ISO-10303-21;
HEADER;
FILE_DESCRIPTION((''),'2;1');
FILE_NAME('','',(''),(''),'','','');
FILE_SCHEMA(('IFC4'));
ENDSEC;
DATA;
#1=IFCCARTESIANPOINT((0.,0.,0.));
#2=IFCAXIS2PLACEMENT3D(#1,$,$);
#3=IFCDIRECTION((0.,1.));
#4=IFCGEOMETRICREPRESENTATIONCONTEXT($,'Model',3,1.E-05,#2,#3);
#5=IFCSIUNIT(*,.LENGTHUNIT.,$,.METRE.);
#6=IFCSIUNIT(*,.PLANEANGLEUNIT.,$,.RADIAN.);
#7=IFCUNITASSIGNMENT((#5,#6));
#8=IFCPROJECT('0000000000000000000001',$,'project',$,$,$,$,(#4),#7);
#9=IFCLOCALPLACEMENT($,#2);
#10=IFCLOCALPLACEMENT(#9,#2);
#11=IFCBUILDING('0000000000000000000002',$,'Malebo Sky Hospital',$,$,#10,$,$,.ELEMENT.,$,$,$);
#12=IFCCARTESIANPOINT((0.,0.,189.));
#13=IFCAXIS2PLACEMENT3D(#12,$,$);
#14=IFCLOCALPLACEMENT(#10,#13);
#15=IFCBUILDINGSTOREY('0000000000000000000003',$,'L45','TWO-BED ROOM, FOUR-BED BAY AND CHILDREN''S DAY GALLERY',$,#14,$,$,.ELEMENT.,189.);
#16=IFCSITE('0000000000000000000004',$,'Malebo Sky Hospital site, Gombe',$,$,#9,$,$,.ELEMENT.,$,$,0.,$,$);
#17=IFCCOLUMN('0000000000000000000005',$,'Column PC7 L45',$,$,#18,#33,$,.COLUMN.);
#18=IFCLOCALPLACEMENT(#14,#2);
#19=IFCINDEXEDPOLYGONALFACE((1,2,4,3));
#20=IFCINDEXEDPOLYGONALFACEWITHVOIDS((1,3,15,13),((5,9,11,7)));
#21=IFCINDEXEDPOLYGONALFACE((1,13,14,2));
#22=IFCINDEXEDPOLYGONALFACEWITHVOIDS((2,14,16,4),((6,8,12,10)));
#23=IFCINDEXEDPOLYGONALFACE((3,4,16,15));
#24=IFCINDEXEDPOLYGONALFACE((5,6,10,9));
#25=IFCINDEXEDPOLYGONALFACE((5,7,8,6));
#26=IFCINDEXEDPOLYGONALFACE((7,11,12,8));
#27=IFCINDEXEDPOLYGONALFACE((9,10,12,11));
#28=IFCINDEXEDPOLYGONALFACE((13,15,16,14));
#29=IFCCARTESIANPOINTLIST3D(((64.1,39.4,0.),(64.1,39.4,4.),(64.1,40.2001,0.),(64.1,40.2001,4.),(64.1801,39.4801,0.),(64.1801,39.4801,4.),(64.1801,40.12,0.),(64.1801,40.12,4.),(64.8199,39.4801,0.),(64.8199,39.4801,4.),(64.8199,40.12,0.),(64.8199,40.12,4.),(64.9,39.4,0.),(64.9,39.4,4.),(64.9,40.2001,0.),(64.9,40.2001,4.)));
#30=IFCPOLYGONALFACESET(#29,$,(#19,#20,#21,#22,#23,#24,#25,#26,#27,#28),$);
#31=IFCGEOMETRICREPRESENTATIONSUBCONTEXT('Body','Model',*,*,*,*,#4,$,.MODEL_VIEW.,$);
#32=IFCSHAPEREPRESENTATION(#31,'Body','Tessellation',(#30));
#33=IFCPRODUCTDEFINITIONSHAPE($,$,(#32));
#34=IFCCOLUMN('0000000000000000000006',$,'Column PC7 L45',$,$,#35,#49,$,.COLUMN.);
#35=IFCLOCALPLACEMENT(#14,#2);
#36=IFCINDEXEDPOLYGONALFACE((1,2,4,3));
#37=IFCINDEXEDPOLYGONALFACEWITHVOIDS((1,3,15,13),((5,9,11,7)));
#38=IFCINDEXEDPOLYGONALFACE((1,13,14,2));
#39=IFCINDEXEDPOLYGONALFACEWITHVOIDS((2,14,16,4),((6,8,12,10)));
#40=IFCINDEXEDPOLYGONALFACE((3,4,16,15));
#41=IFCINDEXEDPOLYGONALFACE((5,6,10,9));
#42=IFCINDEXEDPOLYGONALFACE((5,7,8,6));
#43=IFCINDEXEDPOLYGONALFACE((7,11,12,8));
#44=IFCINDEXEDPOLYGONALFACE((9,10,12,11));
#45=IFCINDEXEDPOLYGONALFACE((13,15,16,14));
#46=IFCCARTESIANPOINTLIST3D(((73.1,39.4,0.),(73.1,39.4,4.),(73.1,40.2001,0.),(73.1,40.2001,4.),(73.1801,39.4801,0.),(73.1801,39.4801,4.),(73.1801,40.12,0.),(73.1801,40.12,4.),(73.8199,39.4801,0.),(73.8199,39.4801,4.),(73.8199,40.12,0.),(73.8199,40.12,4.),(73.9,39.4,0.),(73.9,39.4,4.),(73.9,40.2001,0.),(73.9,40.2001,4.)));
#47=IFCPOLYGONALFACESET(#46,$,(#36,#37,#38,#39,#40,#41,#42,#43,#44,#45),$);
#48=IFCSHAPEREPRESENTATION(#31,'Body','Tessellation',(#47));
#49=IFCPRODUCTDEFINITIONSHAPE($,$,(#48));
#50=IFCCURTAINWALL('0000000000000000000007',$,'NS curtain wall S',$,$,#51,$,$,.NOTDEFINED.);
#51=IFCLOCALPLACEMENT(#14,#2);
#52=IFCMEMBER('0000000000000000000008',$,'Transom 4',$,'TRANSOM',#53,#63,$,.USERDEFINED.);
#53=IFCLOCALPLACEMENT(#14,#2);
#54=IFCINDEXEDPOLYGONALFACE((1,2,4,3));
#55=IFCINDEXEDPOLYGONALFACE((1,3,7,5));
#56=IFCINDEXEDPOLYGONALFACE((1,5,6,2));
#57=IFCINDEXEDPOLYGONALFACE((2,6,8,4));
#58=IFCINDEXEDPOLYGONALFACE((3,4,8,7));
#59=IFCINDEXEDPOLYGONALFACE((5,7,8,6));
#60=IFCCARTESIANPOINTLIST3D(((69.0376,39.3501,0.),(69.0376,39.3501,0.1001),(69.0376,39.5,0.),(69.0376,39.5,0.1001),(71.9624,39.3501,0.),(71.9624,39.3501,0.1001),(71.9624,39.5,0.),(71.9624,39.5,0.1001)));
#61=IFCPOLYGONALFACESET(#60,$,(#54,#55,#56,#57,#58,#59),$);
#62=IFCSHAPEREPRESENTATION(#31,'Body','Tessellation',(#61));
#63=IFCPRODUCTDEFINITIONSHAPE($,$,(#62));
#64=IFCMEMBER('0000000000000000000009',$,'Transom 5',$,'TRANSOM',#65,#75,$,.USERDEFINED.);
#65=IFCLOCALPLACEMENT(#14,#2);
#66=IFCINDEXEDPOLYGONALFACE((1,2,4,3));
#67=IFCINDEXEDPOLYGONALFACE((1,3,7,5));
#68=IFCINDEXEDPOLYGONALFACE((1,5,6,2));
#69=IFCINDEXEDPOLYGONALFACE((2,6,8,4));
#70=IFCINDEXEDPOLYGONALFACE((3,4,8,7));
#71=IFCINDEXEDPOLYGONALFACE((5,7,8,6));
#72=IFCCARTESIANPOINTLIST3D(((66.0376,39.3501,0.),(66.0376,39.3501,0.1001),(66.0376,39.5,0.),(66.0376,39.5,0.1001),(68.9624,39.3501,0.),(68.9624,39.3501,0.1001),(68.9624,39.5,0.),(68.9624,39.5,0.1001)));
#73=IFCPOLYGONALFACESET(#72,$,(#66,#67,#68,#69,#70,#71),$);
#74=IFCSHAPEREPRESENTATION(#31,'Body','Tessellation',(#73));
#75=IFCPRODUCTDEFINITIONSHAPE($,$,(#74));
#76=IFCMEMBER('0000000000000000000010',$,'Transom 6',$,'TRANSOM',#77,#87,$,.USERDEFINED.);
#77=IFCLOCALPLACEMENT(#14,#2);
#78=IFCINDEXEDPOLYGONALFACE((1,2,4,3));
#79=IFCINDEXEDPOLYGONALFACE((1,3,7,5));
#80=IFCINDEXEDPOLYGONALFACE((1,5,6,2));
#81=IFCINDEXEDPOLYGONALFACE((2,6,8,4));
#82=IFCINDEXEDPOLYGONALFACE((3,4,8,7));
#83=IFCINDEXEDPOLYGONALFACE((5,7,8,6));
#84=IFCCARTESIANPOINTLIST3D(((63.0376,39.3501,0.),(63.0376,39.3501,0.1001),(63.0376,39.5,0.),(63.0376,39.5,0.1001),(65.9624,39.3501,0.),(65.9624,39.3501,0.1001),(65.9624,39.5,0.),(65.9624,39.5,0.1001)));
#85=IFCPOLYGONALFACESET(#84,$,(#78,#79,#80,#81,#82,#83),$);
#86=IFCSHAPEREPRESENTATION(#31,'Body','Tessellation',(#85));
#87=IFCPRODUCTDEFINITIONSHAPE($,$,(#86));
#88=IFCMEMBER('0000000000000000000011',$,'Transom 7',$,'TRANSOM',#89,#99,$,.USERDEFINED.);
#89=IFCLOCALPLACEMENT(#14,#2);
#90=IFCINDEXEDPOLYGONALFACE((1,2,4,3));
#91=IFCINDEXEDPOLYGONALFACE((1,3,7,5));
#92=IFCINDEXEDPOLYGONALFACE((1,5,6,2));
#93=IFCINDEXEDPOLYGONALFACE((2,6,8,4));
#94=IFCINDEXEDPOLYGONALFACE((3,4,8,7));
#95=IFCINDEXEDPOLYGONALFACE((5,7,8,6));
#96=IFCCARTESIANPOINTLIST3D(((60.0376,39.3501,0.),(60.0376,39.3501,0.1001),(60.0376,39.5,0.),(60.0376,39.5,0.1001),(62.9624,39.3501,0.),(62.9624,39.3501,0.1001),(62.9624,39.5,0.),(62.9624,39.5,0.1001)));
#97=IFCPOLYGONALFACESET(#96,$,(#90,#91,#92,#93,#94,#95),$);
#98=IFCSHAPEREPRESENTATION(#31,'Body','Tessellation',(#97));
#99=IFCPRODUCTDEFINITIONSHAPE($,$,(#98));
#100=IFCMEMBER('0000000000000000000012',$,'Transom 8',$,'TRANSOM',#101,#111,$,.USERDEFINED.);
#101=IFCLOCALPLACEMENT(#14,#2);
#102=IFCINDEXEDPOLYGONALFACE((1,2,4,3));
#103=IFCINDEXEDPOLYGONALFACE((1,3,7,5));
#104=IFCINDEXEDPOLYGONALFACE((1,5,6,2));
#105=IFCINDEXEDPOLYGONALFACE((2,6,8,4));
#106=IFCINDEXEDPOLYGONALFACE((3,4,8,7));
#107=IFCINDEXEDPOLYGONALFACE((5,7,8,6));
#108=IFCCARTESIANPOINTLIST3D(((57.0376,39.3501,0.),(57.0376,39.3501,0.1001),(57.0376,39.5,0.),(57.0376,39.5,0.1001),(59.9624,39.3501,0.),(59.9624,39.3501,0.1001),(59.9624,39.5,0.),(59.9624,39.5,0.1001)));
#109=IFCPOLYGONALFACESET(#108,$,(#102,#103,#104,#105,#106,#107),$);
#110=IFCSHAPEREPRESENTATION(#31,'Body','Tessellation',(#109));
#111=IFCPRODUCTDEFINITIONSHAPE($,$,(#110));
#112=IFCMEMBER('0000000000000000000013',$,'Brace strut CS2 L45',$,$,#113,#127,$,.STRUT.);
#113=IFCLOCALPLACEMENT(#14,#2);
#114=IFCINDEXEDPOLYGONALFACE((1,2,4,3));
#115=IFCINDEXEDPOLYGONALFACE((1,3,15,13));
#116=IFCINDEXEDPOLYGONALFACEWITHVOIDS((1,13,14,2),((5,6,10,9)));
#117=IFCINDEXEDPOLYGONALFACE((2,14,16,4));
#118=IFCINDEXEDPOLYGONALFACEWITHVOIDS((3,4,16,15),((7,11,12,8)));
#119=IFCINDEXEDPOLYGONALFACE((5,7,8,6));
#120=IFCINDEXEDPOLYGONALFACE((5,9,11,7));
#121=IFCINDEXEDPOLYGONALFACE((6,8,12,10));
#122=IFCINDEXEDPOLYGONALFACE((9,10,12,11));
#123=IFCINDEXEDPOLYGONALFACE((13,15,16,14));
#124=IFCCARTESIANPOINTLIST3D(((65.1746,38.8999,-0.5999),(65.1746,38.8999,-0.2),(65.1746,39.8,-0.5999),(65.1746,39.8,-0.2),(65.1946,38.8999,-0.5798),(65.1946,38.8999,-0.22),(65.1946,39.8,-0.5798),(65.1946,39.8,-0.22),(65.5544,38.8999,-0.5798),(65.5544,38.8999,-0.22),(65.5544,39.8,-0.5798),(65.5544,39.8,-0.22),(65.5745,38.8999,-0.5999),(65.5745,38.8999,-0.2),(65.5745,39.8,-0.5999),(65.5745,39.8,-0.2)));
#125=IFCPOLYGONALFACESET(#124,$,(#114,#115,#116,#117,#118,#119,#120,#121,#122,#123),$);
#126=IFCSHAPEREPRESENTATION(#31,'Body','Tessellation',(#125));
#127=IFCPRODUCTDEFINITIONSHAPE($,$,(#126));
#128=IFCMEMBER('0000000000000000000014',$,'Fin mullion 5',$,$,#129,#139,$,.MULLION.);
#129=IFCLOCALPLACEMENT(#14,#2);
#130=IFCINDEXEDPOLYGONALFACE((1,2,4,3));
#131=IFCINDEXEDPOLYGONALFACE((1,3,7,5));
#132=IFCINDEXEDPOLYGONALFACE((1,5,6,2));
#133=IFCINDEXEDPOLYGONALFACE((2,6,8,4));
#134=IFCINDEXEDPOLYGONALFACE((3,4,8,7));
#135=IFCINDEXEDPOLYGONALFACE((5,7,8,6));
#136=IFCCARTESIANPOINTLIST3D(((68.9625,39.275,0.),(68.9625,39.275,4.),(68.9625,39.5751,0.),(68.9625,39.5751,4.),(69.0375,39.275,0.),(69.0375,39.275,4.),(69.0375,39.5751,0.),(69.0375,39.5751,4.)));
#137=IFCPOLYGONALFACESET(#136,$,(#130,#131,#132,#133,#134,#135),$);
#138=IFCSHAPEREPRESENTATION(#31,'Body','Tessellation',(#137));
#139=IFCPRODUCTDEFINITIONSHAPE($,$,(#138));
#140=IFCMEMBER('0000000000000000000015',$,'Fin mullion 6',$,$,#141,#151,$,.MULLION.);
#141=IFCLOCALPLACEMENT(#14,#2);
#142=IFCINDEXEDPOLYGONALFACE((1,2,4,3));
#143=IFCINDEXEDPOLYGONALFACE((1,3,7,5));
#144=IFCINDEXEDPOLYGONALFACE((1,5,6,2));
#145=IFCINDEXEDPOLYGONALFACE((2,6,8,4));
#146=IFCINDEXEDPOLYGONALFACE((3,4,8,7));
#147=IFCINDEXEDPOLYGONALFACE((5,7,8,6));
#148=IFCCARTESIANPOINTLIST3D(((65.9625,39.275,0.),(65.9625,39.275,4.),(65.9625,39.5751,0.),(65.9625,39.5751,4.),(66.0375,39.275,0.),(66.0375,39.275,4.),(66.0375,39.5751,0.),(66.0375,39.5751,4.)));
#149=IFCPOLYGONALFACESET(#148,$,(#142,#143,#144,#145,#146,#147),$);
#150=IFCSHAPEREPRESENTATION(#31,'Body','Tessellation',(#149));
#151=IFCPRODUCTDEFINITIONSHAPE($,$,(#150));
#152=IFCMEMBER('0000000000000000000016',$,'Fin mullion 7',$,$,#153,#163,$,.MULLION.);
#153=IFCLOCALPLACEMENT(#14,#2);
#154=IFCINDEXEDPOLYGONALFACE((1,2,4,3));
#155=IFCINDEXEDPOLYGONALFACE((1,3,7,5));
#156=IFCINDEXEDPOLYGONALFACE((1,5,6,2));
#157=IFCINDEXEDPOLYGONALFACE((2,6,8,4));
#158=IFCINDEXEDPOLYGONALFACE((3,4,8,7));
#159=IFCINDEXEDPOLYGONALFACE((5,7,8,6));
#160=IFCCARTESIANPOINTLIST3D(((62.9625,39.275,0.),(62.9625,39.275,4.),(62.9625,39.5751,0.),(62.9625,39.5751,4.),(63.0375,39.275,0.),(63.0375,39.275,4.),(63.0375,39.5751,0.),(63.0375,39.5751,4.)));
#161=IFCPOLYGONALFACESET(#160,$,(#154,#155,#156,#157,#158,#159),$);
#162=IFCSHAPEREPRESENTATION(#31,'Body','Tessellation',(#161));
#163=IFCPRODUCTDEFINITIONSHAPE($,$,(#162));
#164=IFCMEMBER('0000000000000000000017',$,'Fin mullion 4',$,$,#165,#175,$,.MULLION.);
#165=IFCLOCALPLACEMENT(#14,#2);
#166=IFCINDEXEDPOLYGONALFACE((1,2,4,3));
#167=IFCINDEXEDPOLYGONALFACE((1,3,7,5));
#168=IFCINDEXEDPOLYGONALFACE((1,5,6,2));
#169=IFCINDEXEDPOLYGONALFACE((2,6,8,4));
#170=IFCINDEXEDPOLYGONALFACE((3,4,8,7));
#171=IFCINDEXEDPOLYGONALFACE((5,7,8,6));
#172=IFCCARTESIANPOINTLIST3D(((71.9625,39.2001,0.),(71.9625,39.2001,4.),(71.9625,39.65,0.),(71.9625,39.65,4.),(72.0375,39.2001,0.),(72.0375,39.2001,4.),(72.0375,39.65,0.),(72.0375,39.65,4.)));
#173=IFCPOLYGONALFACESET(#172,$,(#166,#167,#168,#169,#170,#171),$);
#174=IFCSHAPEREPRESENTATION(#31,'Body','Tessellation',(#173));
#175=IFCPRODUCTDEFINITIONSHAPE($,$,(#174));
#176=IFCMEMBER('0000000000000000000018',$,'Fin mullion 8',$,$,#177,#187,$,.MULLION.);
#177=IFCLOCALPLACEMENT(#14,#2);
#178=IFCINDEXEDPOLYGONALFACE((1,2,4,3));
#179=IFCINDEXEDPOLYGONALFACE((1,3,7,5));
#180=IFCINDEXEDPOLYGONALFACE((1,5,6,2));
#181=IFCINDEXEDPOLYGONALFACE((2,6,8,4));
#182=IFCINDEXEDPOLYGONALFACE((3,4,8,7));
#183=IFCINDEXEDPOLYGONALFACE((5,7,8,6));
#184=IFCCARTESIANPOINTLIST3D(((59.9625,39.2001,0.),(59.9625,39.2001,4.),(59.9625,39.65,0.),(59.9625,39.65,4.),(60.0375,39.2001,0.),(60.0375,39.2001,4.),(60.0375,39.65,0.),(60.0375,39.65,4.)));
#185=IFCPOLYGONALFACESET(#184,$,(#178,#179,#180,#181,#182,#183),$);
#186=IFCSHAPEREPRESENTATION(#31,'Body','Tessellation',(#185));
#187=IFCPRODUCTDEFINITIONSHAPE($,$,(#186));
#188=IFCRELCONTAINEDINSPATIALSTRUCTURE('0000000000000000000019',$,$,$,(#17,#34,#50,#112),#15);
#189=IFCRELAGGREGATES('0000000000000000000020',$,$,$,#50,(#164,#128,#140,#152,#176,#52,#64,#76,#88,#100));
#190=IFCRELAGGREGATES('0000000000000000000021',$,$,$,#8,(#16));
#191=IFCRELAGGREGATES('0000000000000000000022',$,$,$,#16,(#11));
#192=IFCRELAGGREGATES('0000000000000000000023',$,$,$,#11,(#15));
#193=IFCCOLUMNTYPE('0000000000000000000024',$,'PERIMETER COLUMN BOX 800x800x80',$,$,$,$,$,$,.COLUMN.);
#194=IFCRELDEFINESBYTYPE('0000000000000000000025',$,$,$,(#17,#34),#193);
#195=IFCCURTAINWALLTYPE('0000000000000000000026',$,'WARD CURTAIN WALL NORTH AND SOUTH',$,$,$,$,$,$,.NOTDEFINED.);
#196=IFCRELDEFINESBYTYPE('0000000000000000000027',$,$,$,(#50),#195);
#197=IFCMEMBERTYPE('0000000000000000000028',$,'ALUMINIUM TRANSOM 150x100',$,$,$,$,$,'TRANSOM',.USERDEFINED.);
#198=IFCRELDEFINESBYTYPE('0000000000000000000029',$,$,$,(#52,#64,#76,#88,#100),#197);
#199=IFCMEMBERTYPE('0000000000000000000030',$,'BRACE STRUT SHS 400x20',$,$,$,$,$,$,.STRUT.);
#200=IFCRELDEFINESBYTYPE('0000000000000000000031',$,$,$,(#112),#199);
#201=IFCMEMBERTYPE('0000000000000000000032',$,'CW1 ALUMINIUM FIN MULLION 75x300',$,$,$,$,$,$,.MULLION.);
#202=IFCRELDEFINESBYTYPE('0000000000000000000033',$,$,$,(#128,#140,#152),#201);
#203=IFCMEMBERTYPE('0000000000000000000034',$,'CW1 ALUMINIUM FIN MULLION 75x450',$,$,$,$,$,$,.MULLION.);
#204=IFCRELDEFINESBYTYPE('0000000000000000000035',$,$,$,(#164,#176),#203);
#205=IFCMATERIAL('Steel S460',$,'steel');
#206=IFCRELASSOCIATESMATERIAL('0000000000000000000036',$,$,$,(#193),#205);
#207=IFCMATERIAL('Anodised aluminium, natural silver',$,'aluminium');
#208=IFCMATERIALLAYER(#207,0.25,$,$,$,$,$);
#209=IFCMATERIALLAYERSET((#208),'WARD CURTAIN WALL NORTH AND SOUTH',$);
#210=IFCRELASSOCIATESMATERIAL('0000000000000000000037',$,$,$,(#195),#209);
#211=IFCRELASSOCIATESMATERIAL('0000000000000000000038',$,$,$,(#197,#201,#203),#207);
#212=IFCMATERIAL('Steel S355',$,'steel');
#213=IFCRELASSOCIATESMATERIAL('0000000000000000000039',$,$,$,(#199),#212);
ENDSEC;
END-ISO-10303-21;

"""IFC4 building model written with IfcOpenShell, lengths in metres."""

from ifc_helpers import new_model, si_unit, direction, frame, origin, origin_2d, place, context, subcontext, project, spatial, rectangle, hollow_rectangle, extrude, material, layer, layer_set, material_profile, profile_set, type_object, element, aggregate, save


model = new_model("IFC4")

# Units and contexts
model_context = context("Model", 3, precision=1e-05, world=origin(), true_north=direction((0.0, 1.0)))
body_context = subcontext(model_context, "Body", "Model", "MODEL_VIEW")
ifc_project = project(units=[si_unit("LENGTHUNIT", "METRE"), si_unit("PLANEANGLEUNIT", "RADIAN")], contexts=[model_context])

# Site, building, storey
site_placement = place(None, origin())
site = spatial("IfcSite", under=ifc_project, at=site_placement, Name="Malebo Sky Hospital site, Gombe", CompositionType="ELEMENT", RefElevation=0.0)
building_placement = place(site_placement, origin())
building = spatial("IfcBuilding", under=site, at=building_placement, Name="Malebo Sky Hospital", CompositionType="ELEMENT")
storey_placement = place(building_placement, frame((0.0, 0.0, 189.0)))
storey = spatial("IfcBuildingStorey", under=building, at=storey_placement, Name="L45", Description="TWO-BED ROOM, FOUR-BED BAY AND CHILDREN'S DAY GALLERY", CompositionType="ELEMENT", Elevation=189.0)

# Columns
ifc_material_1 = material(Name="Steel S460", Category="steel")
ifc_material_profile_1 = material_profile(ifc_material_1, hollow_rectangle(XDim=0.8, YDim=0.8, WallThickness=0.0801, at=origin_2d()), Name="BOX 800x800x80")
ifc_profile_set_1 = profile_set([ifc_material_profile_1], Name="Steel S460")
column_type = type_object("IfcColumnType", Name="PERIMETER COLUMN BOX 800x800x80", PredefinedType="COLUMN", material=ifc_profile_set_1)
for number, where, z_axis, x_axis, name in (
    (1, (64.5, 39.8, 0.0), (0.0, 0.0, 1.0), (1.0, 0.0, 0.0), "Column PC7 L45"),
    (2, (73.5, 39.8, 0.0), (0.0, 0.0, 1.0), (1.0, 0.0, 0.0), "Column PC7 L45"),
):
    element("IfcColumn", number, at=place(storey_placement, frame(where, z_axis=z_axis, x_axis=x_axis)), inside=storey, type_object=column_type, Name=name, PredefinedType="COLUMN", context=body_context, shape_type="SweptSolid", body=[
        extrude(hollow_rectangle(XDim=0.8, YDim=0.8, WallThickness=0.0801, at=origin_2d()), origin(), (0.0, 0.0, 1.0), 4.0),
    ])

# Curtain wall, members
ifc_material_2 = material(Name="Anodised aluminium, natural silver", Category="aluminium")
ifc_layer_1 = layer(ifc_material_2, 0.25)
ifc_layer_set_1 = layer_set([ifc_layer_1], Name="WARD CURTAIN WALL NORTH AND SOUTH")
curtain_wall_type = type_object("IfcCurtainWallType", Name="WARD CURTAIN WALL NORTH AND SOUTH", PredefinedType="NOTDEFINED", material=ifc_layer_set_1)
curtain_wall_placement = place(storey_placement, origin())
curtain_wall = element("IfcCurtainWall", 3, at=curtain_wall_placement, inside=storey, type_object=curtain_wall_type, Name="NS curtain wall S", PredefinedType="NOTDEFINED")
ifc_material_profile_2 = material_profile(ifc_material_2, rectangle(XDim=0.1499, YDim=0.1001, at=origin_2d()), Name="ALUMINIUM TRANSOM 150x100")
ifc_profile_set_2 = profile_set([ifc_material_profile_2], Name="Anodised aluminium, natural silver")
member_type_1 = type_object("IfcMemberType", Name="ALUMINIUM TRANSOM 150x100", ElementType="TRANSOM", PredefinedType="USERDEFINED", material=ifc_profile_set_2)
member_1_placement = place(storey_placement, frame((71.9624, 39.425, 0.05), z_axis=(-1.0, 0.0, 0.0), x_axis=(0.0, -1.0, 0.0)))
member_1 = element("IfcMember", 4, at=member_1_placement, type_object=member_type_1, Name="Transom 4", ObjectType="TRANSOM", PredefinedType="USERDEFINED", context=body_context, shape_type="SweptSolid", body=[
    extrude(rectangle(XDim=0.1499, YDim=0.1001, at=origin_2d()), origin(), (0.0, 0.0, 1.0), 2.9248),
])
member_2_placement = place(storey_placement, frame((68.9624, 39.425, 0.05), z_axis=(-1.0, 0.0, 0.0), x_axis=(0.0, -1.0, 0.0)))
member_2 = element("IfcMember", 5, at=member_2_placement, type_object=member_type_1, Name="Transom 5", ObjectType="TRANSOM", PredefinedType="USERDEFINED", context=body_context, shape_type="SweptSolid", body=[
    extrude(rectangle(XDim=0.1499, YDim=0.1001, at=origin_2d()), origin(), (0.0, 0.0, 1.0), 2.9248),
])
member_3_placement = place(storey_placement, frame((65.9624, 39.425, 0.05), z_axis=(-1.0, 0.0, 0.0), x_axis=(0.0, -1.0, 0.0)))
member_3 = element("IfcMember", 6, at=member_3_placement, type_object=member_type_1, Name="Transom 6", ObjectType="TRANSOM", PredefinedType="USERDEFINED", context=body_context, shape_type="SweptSolid", body=[
    extrude(rectangle(XDim=0.1499, YDim=0.1001, at=origin_2d()), origin(), (0.0, 0.0, 1.0), 2.9248),
])
member_4_placement = place(storey_placement, frame((62.9624, 39.425, 0.05), z_axis=(-1.0, 0.0, 0.0), x_axis=(0.0, -1.0, 0.0)))
member_4 = element("IfcMember", 7, at=member_4_placement, type_object=member_type_1, Name="Transom 7", ObjectType="TRANSOM", PredefinedType="USERDEFINED", context=body_context, shape_type="SweptSolid", body=[
    extrude(rectangle(XDim=0.1499, YDim=0.1001, at=origin_2d()), origin(), (0.0, 0.0, 1.0), 2.9248),
])
member_5_placement = place(storey_placement, frame((59.9624, 39.425, 0.05), z_axis=(-1.0, 0.0, 0.0), x_axis=(0.0, -1.0, 0.0)))
member_5 = element("IfcMember", 8, at=member_5_placement, type_object=member_type_1, Name="Transom 8", ObjectType="TRANSOM", PredefinedType="USERDEFINED", context=body_context, shape_type="SweptSolid", body=[
    extrude(rectangle(XDim=0.1499, YDim=0.1001, at=origin_2d()), origin(), (0.0, 0.0, 1.0), 2.9248),
])

# Members
ifc_material_3 = material(Name="Steel S355", Category="steel")
ifc_material_profile_3 = material_profile(ifc_material_3, hollow_rectangle(XDim=0.3999, YDim=0.3999, WallThickness=0.02, at=origin_2d()), Name="SHS 400x20")
ifc_profile_set_3 = profile_set([ifc_material_profile_3], Name="Steel S355")
member_type_2 = type_object("IfcMemberType", Name="BRACE STRUT SHS 400x20", PredefinedType="STRUT", material=ifc_profile_set_3)
member_6_placement = place(storey_placement, frame((65.3745, 38.8999, -0.3999), z_axis=(0.0, 1.0, 0.0), x_axis=(-1.0, 0.0, 0.0)))
element("IfcMember", 9, at=member_6_placement, inside=storey, type_object=member_type_2, Name="Brace strut CS2 L45", PredefinedType="STRUT", context=body_context, shape_type="SweptSolid", body=[
    extrude(hollow_rectangle(XDim=0.3999, YDim=0.3999, WallThickness=0.02, at=origin_2d()), origin(), (0.0, 0.0, 1.0), 0.9001),
])
ifc_material_profile_4 = material_profile(ifc_material_2, rectangle(XDim=0.075, YDim=0.3, at=origin_2d()), Name="CW1 ALUMINIUM FIN MULLION 75x300")
ifc_profile_set_4 = profile_set([ifc_material_profile_4], Name="Anodised aluminium, natural silver")
member_type_3 = type_object("IfcMemberType", Name="CW1 ALUMINIUM FIN MULLION 75x300", PredefinedType="MULLION", material=ifc_profile_set_4)
member_7_placement = place(storey_placement, frame((69.0, 39.425, 0.0), z_axis=(0.0, 0.0, 1.0), x_axis=(-1.0, 0.0, 0.0)))
member_7 = element("IfcMember", 10, at=member_7_placement, type_object=member_type_3, Name="Fin mullion 5", PredefinedType="MULLION", context=body_context, shape_type="SweptSolid", body=[
    extrude(rectangle(XDim=0.075, YDim=0.3, at=origin_2d()), origin(), (0.0, 0.0, 1.0), 4.0),
])
member_8_placement = place(storey_placement, frame((66.0, 39.425, 0.0), z_axis=(0.0, 0.0, 1.0), x_axis=(-1.0, 0.0, 0.0)))
member_8 = element("IfcMember", 11, at=member_8_placement, type_object=member_type_3, Name="Fin mullion 6", PredefinedType="MULLION", context=body_context, shape_type="SweptSolid", body=[
    extrude(rectangle(XDim=0.075, YDim=0.3, at=origin_2d()), origin(), (0.0, 0.0, 1.0), 4.0),
])
member_9_placement = place(storey_placement, frame((63.0, 39.425, 0.0), z_axis=(0.0, 0.0, 1.0), x_axis=(-1.0, 0.0, 0.0)))
member_9 = element("IfcMember", 12, at=member_9_placement, type_object=member_type_3, Name="Fin mullion 7", PredefinedType="MULLION", context=body_context, shape_type="SweptSolid", body=[
    extrude(rectangle(XDim=0.075, YDim=0.3, at=origin_2d()), origin(), (0.0, 0.0, 1.0), 4.0),
])
ifc_material_profile_5 = material_profile(ifc_material_2, rectangle(XDim=0.075, YDim=0.45, at=origin_2d()), Name="CW1 ALUMINIUM FIN MULLION 75x450")
ifc_profile_set_5 = profile_set([ifc_material_profile_5], Name="Anodised aluminium, natural silver")
member_type_4 = type_object("IfcMemberType", Name="CW1 ALUMINIUM FIN MULLION 75x450", PredefinedType="MULLION", material=ifc_profile_set_5)
member_10_placement = place(storey_placement, frame((72.0, 39.425, 0.0), z_axis=(0.0, 0.0, 1.0), x_axis=(-1.0, 0.0, 0.0)))
member_10 = element("IfcMember", 13, at=member_10_placement, type_object=member_type_4, Name="Fin mullion 4", PredefinedType="MULLION", context=body_context, shape_type="SweptSolid", body=[
    extrude(rectangle(XDim=0.075, YDim=0.45, at=origin_2d()), origin(), (0.0, 0.0, 1.0), 4.0),
])
member_11_placement = place(storey_placement, frame((60.0, 39.425, 0.0), z_axis=(0.0, 0.0, 1.0), x_axis=(-1.0, 0.0, 0.0)))
member_11 = element("IfcMember", 14, at=member_11_placement, type_object=member_type_4, Name="Fin mullion 8", PredefinedType="MULLION", context=body_context, shape_type="SweptSolid", body=[
    extrude(rectangle(XDim=0.075, YDim=0.45, at=origin_2d()), origin(), (0.0, 0.0, 1.0), 4.0),
])

aggregate(curtain_wall, [member_10, member_7, member_8, member_9, member_11, member_1, member_2, member_3, member_4, member_5])

save(model, "model.ifc")
